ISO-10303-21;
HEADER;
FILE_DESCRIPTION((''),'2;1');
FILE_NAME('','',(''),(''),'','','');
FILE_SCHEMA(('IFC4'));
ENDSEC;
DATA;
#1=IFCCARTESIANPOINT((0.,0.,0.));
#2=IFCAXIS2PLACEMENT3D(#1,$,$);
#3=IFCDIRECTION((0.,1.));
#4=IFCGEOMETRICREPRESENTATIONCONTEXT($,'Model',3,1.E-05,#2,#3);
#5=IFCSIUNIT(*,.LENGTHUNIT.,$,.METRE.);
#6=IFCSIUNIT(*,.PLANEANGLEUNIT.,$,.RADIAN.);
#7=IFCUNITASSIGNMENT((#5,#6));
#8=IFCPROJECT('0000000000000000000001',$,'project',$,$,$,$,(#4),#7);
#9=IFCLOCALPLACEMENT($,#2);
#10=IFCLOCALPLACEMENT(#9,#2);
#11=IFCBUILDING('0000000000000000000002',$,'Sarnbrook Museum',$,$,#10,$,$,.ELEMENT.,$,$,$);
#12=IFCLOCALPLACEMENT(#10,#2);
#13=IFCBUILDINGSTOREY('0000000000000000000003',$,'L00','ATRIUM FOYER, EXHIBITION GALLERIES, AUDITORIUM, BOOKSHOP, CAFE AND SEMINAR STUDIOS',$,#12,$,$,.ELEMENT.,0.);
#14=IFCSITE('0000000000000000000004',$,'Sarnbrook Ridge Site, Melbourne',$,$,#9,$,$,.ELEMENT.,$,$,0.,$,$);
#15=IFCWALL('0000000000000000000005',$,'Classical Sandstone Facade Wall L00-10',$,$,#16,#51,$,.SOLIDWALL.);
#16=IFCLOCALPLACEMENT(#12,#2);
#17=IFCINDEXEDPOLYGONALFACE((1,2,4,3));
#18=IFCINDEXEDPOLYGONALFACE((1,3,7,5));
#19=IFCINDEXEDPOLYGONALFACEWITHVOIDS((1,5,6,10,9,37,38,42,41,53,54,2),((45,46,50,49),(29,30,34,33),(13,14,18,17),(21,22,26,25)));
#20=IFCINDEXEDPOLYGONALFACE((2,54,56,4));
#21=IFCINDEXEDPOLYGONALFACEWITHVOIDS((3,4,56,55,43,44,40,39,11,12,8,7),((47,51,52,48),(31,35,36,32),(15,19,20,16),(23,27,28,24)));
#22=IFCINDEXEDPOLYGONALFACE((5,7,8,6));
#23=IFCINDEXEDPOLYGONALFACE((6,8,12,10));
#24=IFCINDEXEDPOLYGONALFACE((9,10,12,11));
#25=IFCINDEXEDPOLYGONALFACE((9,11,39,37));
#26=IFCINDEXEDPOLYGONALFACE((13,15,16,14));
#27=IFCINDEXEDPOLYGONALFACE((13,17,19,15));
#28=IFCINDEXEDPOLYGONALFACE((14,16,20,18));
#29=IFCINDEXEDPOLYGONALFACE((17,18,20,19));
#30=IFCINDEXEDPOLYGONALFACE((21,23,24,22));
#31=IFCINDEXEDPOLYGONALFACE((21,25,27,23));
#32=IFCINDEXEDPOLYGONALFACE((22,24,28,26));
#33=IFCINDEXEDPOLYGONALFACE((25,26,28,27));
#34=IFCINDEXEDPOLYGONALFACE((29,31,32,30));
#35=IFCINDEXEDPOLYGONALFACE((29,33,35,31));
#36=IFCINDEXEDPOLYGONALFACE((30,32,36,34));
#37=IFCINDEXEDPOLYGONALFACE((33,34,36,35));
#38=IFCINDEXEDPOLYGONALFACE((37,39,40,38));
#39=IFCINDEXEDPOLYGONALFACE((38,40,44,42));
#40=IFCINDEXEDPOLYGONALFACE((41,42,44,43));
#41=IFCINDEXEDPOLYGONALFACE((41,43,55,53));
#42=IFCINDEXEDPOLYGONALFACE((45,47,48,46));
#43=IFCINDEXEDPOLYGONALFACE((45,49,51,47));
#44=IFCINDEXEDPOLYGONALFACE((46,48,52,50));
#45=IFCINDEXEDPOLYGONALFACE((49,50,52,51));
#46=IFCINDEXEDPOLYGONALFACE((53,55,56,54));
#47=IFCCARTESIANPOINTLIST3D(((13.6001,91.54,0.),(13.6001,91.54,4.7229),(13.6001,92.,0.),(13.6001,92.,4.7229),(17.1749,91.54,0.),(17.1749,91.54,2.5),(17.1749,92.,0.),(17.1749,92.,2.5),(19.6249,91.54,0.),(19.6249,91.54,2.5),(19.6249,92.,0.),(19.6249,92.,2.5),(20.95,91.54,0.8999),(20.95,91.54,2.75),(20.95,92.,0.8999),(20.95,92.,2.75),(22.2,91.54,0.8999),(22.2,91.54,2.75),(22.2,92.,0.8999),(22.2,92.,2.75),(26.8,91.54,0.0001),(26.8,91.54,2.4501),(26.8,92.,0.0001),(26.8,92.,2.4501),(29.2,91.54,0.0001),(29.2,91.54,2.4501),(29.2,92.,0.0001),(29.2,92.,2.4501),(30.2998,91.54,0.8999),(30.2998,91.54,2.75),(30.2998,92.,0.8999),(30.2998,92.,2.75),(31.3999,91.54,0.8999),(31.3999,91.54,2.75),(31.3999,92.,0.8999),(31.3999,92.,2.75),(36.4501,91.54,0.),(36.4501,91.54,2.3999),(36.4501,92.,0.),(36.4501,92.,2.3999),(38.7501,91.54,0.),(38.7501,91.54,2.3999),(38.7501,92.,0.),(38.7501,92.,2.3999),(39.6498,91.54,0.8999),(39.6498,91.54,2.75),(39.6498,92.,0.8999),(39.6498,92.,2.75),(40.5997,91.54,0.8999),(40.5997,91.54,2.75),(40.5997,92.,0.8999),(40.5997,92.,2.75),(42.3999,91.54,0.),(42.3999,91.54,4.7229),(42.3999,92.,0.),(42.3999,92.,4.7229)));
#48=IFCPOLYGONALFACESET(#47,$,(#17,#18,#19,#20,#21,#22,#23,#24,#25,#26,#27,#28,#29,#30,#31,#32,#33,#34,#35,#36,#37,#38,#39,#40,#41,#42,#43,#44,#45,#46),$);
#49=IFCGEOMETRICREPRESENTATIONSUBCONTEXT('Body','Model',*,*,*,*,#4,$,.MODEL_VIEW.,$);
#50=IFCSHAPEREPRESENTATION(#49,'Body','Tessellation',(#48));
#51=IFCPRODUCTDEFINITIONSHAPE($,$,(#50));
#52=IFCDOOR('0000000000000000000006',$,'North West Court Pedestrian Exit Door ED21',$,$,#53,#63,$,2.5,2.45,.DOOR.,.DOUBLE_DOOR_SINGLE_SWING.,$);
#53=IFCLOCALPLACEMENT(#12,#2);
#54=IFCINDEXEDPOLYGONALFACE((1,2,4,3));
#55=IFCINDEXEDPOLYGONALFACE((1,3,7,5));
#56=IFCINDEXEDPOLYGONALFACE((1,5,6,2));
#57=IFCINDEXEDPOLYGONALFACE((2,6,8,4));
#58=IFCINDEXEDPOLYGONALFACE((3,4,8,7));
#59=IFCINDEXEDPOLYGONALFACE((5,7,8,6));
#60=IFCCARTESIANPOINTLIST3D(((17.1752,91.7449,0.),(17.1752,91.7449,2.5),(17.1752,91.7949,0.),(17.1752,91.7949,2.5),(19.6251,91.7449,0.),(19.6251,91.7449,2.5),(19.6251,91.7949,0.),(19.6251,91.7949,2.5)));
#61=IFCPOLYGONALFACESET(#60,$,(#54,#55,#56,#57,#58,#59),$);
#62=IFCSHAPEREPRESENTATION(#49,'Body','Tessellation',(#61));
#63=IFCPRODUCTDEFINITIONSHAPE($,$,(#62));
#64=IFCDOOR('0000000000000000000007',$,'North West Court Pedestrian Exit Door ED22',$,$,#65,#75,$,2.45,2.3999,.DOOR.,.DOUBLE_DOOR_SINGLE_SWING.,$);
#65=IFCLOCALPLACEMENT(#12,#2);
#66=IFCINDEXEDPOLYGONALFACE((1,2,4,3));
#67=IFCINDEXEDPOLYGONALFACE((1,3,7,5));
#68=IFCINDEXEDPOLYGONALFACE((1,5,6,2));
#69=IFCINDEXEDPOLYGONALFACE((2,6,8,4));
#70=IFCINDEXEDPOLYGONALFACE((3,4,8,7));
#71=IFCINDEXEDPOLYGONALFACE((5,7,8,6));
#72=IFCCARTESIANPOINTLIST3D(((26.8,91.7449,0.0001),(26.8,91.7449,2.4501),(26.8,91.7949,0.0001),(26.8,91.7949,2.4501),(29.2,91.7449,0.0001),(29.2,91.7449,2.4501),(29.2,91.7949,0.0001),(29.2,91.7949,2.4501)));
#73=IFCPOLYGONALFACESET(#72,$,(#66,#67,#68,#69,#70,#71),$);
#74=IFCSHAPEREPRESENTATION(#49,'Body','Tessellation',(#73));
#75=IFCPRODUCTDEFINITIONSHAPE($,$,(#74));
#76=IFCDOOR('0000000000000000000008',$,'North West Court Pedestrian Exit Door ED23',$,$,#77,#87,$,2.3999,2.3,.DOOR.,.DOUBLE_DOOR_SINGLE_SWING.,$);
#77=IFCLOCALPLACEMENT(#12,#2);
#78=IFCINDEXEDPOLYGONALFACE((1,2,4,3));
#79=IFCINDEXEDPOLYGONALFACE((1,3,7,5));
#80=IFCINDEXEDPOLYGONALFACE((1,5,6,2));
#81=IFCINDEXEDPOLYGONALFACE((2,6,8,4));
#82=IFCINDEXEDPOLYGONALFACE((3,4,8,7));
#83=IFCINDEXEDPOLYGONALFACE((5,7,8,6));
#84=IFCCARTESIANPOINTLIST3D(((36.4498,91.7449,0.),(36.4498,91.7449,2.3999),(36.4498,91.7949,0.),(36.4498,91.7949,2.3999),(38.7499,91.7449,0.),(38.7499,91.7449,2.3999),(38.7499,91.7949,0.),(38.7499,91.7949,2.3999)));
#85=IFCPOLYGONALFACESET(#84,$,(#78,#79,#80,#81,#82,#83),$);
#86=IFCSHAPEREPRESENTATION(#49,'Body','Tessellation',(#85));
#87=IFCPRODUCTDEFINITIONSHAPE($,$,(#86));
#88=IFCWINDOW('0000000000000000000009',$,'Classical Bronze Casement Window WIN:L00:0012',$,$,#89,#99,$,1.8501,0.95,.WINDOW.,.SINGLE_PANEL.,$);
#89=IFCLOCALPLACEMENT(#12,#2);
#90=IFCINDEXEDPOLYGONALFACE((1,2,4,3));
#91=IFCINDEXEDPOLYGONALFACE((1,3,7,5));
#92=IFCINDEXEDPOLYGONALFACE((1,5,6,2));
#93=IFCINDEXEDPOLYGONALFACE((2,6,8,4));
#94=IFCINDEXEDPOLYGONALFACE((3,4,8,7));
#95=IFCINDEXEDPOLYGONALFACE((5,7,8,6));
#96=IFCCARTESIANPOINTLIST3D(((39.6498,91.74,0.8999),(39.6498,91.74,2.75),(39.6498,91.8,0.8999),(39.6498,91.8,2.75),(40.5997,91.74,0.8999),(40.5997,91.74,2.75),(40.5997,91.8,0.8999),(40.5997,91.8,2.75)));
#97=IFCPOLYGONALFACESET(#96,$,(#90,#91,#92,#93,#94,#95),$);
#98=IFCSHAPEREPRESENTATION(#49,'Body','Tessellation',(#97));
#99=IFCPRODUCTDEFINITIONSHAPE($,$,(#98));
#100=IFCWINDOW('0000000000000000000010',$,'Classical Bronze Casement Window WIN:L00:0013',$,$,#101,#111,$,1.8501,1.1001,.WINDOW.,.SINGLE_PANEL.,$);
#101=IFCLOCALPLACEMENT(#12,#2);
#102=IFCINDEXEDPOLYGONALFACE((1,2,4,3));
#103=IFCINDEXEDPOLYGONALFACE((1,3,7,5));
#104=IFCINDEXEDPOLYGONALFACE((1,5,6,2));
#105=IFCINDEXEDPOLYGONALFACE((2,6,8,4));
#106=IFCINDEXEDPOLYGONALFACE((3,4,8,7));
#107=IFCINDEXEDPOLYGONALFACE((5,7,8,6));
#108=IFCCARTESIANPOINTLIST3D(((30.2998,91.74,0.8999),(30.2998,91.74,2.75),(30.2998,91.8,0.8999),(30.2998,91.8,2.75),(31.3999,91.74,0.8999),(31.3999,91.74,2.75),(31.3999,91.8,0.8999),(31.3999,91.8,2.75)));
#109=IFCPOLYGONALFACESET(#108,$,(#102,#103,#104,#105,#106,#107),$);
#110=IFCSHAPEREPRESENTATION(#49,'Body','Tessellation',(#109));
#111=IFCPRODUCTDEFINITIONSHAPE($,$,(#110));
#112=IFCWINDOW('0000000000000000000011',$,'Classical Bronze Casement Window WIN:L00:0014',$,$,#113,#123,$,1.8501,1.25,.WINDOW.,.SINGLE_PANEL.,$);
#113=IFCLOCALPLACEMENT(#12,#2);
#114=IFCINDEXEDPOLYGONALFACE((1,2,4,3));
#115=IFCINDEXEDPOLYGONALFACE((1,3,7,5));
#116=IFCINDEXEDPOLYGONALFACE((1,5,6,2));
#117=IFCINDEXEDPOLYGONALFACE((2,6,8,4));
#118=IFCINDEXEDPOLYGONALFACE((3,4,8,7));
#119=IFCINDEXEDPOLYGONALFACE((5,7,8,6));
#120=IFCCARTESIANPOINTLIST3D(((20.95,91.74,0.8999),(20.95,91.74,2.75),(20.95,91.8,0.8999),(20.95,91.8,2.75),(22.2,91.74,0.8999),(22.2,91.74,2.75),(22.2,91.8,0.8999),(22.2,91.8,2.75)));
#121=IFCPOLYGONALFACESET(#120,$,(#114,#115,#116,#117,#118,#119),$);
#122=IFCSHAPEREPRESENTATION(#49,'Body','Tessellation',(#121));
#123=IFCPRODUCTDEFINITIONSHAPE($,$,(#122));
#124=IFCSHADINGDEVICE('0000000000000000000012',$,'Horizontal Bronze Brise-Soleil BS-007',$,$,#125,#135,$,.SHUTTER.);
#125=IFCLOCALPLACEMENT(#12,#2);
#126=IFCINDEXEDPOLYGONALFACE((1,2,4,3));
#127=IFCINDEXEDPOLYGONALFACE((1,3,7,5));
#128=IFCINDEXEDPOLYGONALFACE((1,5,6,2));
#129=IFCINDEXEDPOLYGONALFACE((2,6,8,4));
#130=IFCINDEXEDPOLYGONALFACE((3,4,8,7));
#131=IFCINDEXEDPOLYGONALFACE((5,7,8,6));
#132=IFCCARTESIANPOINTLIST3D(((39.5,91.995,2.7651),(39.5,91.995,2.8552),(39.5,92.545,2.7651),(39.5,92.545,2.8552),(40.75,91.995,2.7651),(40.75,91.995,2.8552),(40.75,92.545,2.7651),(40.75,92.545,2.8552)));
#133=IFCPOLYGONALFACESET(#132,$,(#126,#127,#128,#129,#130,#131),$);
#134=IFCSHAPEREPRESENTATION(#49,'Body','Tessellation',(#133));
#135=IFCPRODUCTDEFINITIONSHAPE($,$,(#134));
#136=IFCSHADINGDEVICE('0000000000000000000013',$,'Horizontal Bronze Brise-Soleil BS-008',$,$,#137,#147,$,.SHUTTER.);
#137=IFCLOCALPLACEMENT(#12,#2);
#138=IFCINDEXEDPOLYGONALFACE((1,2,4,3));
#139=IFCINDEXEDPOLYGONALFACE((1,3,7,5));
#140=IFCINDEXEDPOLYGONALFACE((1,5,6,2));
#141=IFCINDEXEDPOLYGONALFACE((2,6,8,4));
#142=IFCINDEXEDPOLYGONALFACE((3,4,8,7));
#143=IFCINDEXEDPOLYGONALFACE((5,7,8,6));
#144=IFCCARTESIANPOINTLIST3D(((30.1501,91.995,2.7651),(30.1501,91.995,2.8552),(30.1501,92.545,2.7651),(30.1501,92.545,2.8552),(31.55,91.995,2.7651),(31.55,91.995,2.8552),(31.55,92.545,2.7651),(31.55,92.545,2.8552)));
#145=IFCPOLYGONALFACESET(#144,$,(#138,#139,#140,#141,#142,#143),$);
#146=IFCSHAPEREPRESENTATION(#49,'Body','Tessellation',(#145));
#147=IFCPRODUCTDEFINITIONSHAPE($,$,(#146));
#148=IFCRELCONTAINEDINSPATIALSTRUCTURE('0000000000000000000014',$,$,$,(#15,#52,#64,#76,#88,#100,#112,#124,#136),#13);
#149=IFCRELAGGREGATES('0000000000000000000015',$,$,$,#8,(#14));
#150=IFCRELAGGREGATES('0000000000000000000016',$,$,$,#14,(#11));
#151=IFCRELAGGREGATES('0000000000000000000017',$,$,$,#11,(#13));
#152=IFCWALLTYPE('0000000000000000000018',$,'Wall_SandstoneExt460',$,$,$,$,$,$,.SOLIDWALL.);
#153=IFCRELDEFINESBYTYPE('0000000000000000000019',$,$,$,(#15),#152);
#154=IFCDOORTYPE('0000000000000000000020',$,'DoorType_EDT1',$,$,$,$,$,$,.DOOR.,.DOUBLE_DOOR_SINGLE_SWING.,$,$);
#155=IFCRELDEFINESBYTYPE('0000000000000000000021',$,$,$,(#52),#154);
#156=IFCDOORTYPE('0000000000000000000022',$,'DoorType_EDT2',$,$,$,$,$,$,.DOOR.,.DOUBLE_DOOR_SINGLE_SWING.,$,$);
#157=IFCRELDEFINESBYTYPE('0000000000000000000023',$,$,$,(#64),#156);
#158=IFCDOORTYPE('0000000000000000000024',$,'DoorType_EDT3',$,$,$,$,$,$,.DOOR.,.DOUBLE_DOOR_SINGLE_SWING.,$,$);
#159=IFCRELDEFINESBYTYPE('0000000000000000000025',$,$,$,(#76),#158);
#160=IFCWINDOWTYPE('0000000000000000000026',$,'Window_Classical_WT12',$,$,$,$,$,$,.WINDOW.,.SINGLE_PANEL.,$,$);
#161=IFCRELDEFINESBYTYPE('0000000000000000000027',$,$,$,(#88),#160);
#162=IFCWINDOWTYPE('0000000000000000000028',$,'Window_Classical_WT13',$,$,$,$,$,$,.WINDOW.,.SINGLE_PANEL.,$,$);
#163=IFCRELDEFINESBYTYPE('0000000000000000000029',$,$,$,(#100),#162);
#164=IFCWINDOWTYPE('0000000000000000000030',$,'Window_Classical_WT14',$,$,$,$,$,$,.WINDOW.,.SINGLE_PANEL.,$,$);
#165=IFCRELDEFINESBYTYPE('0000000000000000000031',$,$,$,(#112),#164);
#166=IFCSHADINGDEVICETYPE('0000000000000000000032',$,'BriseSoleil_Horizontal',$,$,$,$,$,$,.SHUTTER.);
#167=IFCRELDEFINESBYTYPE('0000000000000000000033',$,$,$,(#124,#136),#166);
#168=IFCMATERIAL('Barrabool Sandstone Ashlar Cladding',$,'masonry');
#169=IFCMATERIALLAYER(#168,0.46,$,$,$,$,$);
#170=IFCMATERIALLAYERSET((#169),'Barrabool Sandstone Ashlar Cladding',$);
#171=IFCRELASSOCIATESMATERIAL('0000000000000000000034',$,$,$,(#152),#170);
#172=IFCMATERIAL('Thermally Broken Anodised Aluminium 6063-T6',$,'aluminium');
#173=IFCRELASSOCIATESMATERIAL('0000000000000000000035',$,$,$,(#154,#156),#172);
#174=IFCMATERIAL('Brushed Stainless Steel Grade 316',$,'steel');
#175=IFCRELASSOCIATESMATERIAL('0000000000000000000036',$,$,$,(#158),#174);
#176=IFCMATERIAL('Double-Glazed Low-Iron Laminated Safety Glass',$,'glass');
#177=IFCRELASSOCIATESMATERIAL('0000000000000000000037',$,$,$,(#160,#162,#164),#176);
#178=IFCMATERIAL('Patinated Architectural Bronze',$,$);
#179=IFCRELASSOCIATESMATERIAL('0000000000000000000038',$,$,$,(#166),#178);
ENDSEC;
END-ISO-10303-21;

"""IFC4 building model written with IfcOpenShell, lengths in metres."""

from ifc_helpers import new_model, si_unit, direction, frame, frame_2d, origin, origin_2d, place, context, subcontext, project, spatial, rectangle, extrude, material, layer, layer_set, type_object, element, fill, save


model = new_model("IFC4")

# Units and contexts
model_context = context("Model", 3, precision=1e-05, world=origin(), true_north=direction((0.0, 1.0)))
body_context = subcontext(model_context, "Body", "Model", "MODEL_VIEW")
ifc_project = project(units=[si_unit("LENGTHUNIT", "METRE"), si_unit("PLANEANGLEUNIT", "RADIAN")], contexts=[model_context])

# Site, building, storey
site_placement = place(None, origin())
site = spatial("IfcSite", under=ifc_project, at=site_placement, Name="Sarnbrook Ridge Site, Melbourne", CompositionType="ELEMENT", RefElevation=0.0)
building_placement = place(site_placement, origin())
building = spatial("IfcBuilding", under=site, at=building_placement, Name="Sarnbrook Museum", CompositionType="ELEMENT")
storey_placement = place(building_placement, origin())
storey = spatial("IfcBuildingStorey", under=building, at=storey_placement, Name="L00", Description="ATRIUM FOYER, EXHIBITION GALLERIES, AUDITORIUM, BOOKSHOP, CAFE AND SEMINAR STUDIOS", CompositionType="ELEMENT", Elevation=0.0)

# Wall, openings, doors, windows
ifc_material_1 = material(Name="Barrabool Sandstone Ashlar Cladding", Category="masonry")
ifc_layer_1 = layer(ifc_material_1, 0.46)
ifc_layer_set_1 = layer_set([ifc_layer_1], Name="Barrabool Sandstone Ashlar Cladding")
wall_type_1 = type_object("IfcWallType", Name="Wall_SandstoneExt460", PredefinedType="SOLIDWALL", material=ifc_layer_set_1)
wall_1_placement = place(storey_placement, frame((42.3999, 91.77, 0.0), z_axis=(0.0, 0.0, 1.0), x_axis=(-1.0, 0.0, 0.0)))
wall_1 = element("IfcWall", 1, at=wall_1_placement, inside=storey, type_object=wall_type_1, Name="Classical Sandstone Facade Wall L00-10", PredefinedType="SOLIDWALL", context=body_context, shape_type="SweptSolid", body=[
    extrude(rectangle(XDim=28.7998, YDim=0.46, at=frame_2d((14.3999, 0.0))), origin(), (0.0, 0.0, 1.0), 4.7229),
])
opening_1_placement = place(wall_1_placement, frame((22.7749, 0.0, 0.0)))
opening_1 = element("IfcOpeningElement", 2, at=opening_1_placement, cuts=wall_1, PredefinedType="OPENING", context=body_context, shape_type="SweptSolid", body=[
    extrude(rectangle(XDim=2.45, YDim=2.5, at=frame_2d((1.2251, 1.25))), frame((0.0, 0.24, 0.0), z_axis=(0.0, -1.0, 0.0), x_axis=(1.0, 0.0, 0.0)), (0.0, 0.0, 1.0), 0.48),
])
opening_2_placement = place(wall_1_placement, frame((13.2, 0.0, 0.0)))
opening_2 = element("IfcOpeningElement", 3, at=opening_2_placement, cuts=wall_1, PredefinedType="OPENING", context=body_context, shape_type="SweptSolid", body=[
    extrude(rectangle(XDim=2.3999, YDim=2.45, at=frame_2d((1.2, 1.2251))), frame((0.0, 0.24, 0.0), z_axis=(0.0, -1.0, 0.0), x_axis=(1.0, 0.0, 0.0)), (0.0, 0.0, 1.0), 0.48),
])
opening_3_placement = place(wall_1_placement, frame((3.6499, 0.0, 0.0)))
opening_3 = element("IfcOpeningElement", 4, at=opening_3_placement, cuts=wall_1, PredefinedType="OPENING", context=body_context, shape_type="SweptSolid", body=[
    extrude(rectangle(XDim=2.3, YDim=2.3999, at=frame_2d((1.1499, 1.2))), frame((0.0, 0.24, 0.0), z_axis=(0.0, -1.0, 0.0), x_axis=(1.0, 0.0, 0.0)), (0.0, 0.0, 1.0), 0.48),
])
opening_4_placement = place(wall_1_placement, frame((1.8, 0.0, 0.8999)))
opening_4 = element("IfcOpeningElement", 5, at=opening_4_placement, cuts=wall_1, PredefinedType="OPENING", context=body_context, shape_type="SweptSolid", body=[
    extrude(rectangle(XDim=0.95, YDim=1.8501, at=frame_2d((0.4751, 0.925))), frame((0.0, 0.24, 0.0), z_axis=(0.0, -1.0, 0.0), x_axis=(1.0, 0.0, 0.0)), (0.0, 0.0, 1.0), 0.48),
])
opening_5_placement = place(wall_1_placement, frame((11.0, 0.0, 0.8999)))
opening_5 = element("IfcOpeningElement", 6, at=opening_5_placement, cuts=wall_1, PredefinedType="OPENING", context=body_context, shape_type="SweptSolid", body=[
    extrude(rectangle(XDim=1.1001, YDim=1.8501, at=frame_2d((0.55, 0.925))), frame((0.0, 0.24, 0.0), z_axis=(0.0, -1.0, 0.0), x_axis=(1.0, 0.0, 0.0)), (0.0, 0.0, 1.0), 0.48),
])
opening_6_placement = place(wall_1_placement, frame((20.2, 0.0, 0.8999)))
opening_6 = element("IfcOpeningElement", 7, at=opening_6_placement, cuts=wall_1, PredefinedType="OPENING", context=body_context, shape_type="SweptSolid", body=[
    extrude(rectangle(XDim=1.25, YDim=1.8501, at=frame_2d((0.625, 0.925))), frame((0.0, 0.24, 0.0), z_axis=(0.0, -1.0, 0.0), x_axis=(1.0, 0.0, 0.0)), (0.0, 0.0, 1.0), 0.48),
])
ifc_material_2 = material(Name="Thermally Broken Anodised Aluminium 6063-T6", Category="aluminium")
door_type_1 = type_object("IfcDoorType", Name="DoorType_EDT1", OperationType="DOUBLE_DOOR_SINGLE_SWING", PredefinedType="DOOR", material=ifc_material_2)
door_1_placement = place(opening_1_placement, frame((2.45, 0.0, 0.0), z_axis=(0.0, 0.0, 1.0), x_axis=(-1.0, 0.0, 0.0)))
door_1 = element("IfcDoor", 8, at=door_1_placement, inside=storey, type_object=door_type_1, Name="North West Court Pedestrian Exit Door ED21", OperationType="DOUBLE_DOOR_SINGLE_SWING", OverallHeight=2.5, OverallWidth=2.45, PredefinedType="DOOR", context=body_context, shape_type="SweptSolid", body=[
    extrude(rectangle(XDim=2.45, YDim=2.5, at=frame_2d((1.2251, 1.25))), frame((0.0, 0.0249, 0.0), z_axis=(0.0, -1.0, 0.0), x_axis=(1.0, 0.0, 0.0)), (0.0, 0.0, 1.0), 0.05),
])
fill(opening_1, door_1)
door_type_2 = type_object("IfcDoorType", Name="DoorType_EDT2", OperationType="DOUBLE_DOOR_SINGLE_SWING", PredefinedType="DOOR", material=ifc_material_2)
door_2_placement = place(opening_2_placement, frame((2.3999, 0.0, 0.0), z_axis=(0.0, 0.0, 1.0), x_axis=(-1.0, 0.0, 0.0)))
door_2 = element("IfcDoor", 9, at=door_2_placement, inside=storey, type_object=door_type_2, Name="North West Court Pedestrian Exit Door ED22", OperationType="DOUBLE_DOOR_SINGLE_SWING", OverallHeight=2.45, OverallWidth=2.3999, PredefinedType="DOOR", context=body_context, shape_type="SweptSolid", body=[
    extrude(rectangle(XDim=2.3999, YDim=2.45, at=frame_2d((1.2, 1.2251))), frame((0.0, 0.0249, 0.0), z_axis=(0.0, -1.0, 0.0), x_axis=(1.0, 0.0, 0.0)), (0.0, 0.0, 1.0), 0.05),
])
fill(opening_2, door_2)
ifc_material_3 = material(Name="Brushed Stainless Steel Grade 316", Category="steel")
door_type_3 = type_object("IfcDoorType", Name="DoorType_EDT3", OperationType="DOUBLE_DOOR_SINGLE_SWING", PredefinedType="DOOR", material=ifc_material_3)
door_3_placement = place(opening_3_placement, frame((2.3, 0.0, 0.0), z_axis=(0.0, 0.0, 1.0), x_axis=(-1.0, 0.0, 0.0)))
door_3 = element("IfcDoor", 10, at=door_3_placement, inside=storey, type_object=door_type_3, Name="North West Court Pedestrian Exit Door ED23", OperationType="DOUBLE_DOOR_SINGLE_SWING", OverallHeight=2.3999, OverallWidth=2.3, PredefinedType="DOOR", context=body_context, shape_type="SweptSolid", body=[
    extrude(rectangle(XDim=2.3, YDim=2.3999, at=frame_2d((1.1499, 1.2))), frame((0.0, 0.0249, 0.0), z_axis=(0.0, -1.0, 0.0), x_axis=(1.0, 0.0, 0.0)), (0.0, 0.0, 1.0), 0.05),
])
fill(opening_3, door_3)
ifc_material_4 = material(Name="Double-Glazed Low-Iron Laminated Safety Glass", Category="glass")
window_type_1 = type_object("IfcWindowType", Name="Window_Classical_WT12", PartitioningType="SINGLE_PANEL", PredefinedType="WINDOW", material=ifc_material_4)
window_1_placement = place(opening_4_placement, origin())
window_1 = element("IfcWindow", 11, at=window_1_placement, inside=storey, type_object=window_type_1, Name="Classical Bronze Casement Window WIN:L00:0012", OverallHeight=1.8501, OverallWidth=0.95, PartitioningType="SINGLE_PANEL", PredefinedType="WINDOW", context=body_context, shape_type="SweptSolid", body=[
    extrude(rectangle(XDim=0.95, YDim=1.8501, at=frame_2d((0.4751, 0.925))), frame((0.0, 0.03, 0.0), z_axis=(0.0, -1.0, 0.0), x_axis=(1.0, 0.0, 0.0)), (0.0, 0.0, 1.0), 0.0601),
])
fill(opening_4, window_1)
window_type_2 = type_object("IfcWindowType", Name="Window_Classical_WT13", PartitioningType="SINGLE_PANEL", PredefinedType="WINDOW", material=ifc_material_4)
window_2_placement = place(opening_5_placement, origin())
window_2 = element("IfcWindow", 12, at=window_2_placement, inside=storey, type_object=window_type_2, Name="Classical Bronze Casement Window WIN:L00:0013", OverallHeight=1.8501, OverallWidth=1.1001, PartitioningType="SINGLE_PANEL", PredefinedType="WINDOW", context=body_context, shape_type="SweptSolid", body=[
    extrude(rectangle(XDim=1.1001, YDim=1.8501, at=frame_2d((0.55, 0.925))), frame((0.0, 0.03, 0.0), z_axis=(0.0, -1.0, 0.0), x_axis=(1.0, 0.0, 0.0)), (0.0, 0.0, 1.0), 0.0601),
])
fill(opening_5, window_2)
window_type_3 = type_object("IfcWindowType", Name="Window_Classical_WT14", PartitioningType="SINGLE_PANEL", PredefinedType="WINDOW", material=ifc_material_4)
window_3_placement = place(opening_6_placement, origin())
window_3 = element("IfcWindow", 13, at=window_3_placement, inside=storey, type_object=window_type_3, Name="Classical Bronze Casement Window WIN:L00:0014", OverallHeight=1.8501, OverallWidth=1.25, PartitioningType="SINGLE_PANEL", PredefinedType="WINDOW", context=body_context, shape_type="SweptSolid", body=[
    extrude(rectangle(XDim=1.25, YDim=1.8501, at=frame_2d((0.625, 0.925))), frame((0.0, 0.03, 0.0), z_axis=(0.0, -1.0, 0.0), x_axis=(1.0, 0.0, 0.0)), (0.0, 0.0, 1.0), 0.0601),
])
fill(opening_6, window_3)

# Shading devices
ifc_material_5 = material(Name="Patinated Architectural Bronze")
shading_device_type_1 = type_object("IfcShadingDeviceType", Name="BriseSoleil_Horizontal", PredefinedType="SHUTTER", material=ifc_material_5)
shading_device_1_placement = place(storey_placement, frame((40.125, 92.27, 2.7651), z_axis=(0.0, 0.0, 1.0), x_axis=(1.0, 0.0, 0.0)))
element("IfcShadingDevice", 14, at=shading_device_1_placement, inside=storey, type_object=shading_device_type_1, Name="Horizontal Bronze Brise-Soleil BS-007", PredefinedType="SHUTTER", context=body_context, shape_type="SweptSolid", body=[
    extrude(rectangle(XDim=1.25, YDim=0.55, at=origin_2d()), origin(), (0.0, 0.0, 1.0), 0.0901),
])
shading_device_2_placement = place(storey_placement, frame((30.8501, 92.27, 2.7651), z_axis=(0.0, 0.0, 1.0), x_axis=(1.0, 0.0, 0.0)))
element("IfcShadingDevice", 15, at=shading_device_2_placement, inside=storey, type_object=shading_device_type_1, Name="Horizontal Bronze Brise-Soleil BS-008", PredefinedType="SHUTTER", context=body_context, shape_type="SweptSolid", body=[
    extrude(rectangle(XDim=1.3999, YDim=0.55, at=origin_2d()), origin(), (0.0, 0.0, 1.0), 0.0901),
])

save(model, "model.ifc")
